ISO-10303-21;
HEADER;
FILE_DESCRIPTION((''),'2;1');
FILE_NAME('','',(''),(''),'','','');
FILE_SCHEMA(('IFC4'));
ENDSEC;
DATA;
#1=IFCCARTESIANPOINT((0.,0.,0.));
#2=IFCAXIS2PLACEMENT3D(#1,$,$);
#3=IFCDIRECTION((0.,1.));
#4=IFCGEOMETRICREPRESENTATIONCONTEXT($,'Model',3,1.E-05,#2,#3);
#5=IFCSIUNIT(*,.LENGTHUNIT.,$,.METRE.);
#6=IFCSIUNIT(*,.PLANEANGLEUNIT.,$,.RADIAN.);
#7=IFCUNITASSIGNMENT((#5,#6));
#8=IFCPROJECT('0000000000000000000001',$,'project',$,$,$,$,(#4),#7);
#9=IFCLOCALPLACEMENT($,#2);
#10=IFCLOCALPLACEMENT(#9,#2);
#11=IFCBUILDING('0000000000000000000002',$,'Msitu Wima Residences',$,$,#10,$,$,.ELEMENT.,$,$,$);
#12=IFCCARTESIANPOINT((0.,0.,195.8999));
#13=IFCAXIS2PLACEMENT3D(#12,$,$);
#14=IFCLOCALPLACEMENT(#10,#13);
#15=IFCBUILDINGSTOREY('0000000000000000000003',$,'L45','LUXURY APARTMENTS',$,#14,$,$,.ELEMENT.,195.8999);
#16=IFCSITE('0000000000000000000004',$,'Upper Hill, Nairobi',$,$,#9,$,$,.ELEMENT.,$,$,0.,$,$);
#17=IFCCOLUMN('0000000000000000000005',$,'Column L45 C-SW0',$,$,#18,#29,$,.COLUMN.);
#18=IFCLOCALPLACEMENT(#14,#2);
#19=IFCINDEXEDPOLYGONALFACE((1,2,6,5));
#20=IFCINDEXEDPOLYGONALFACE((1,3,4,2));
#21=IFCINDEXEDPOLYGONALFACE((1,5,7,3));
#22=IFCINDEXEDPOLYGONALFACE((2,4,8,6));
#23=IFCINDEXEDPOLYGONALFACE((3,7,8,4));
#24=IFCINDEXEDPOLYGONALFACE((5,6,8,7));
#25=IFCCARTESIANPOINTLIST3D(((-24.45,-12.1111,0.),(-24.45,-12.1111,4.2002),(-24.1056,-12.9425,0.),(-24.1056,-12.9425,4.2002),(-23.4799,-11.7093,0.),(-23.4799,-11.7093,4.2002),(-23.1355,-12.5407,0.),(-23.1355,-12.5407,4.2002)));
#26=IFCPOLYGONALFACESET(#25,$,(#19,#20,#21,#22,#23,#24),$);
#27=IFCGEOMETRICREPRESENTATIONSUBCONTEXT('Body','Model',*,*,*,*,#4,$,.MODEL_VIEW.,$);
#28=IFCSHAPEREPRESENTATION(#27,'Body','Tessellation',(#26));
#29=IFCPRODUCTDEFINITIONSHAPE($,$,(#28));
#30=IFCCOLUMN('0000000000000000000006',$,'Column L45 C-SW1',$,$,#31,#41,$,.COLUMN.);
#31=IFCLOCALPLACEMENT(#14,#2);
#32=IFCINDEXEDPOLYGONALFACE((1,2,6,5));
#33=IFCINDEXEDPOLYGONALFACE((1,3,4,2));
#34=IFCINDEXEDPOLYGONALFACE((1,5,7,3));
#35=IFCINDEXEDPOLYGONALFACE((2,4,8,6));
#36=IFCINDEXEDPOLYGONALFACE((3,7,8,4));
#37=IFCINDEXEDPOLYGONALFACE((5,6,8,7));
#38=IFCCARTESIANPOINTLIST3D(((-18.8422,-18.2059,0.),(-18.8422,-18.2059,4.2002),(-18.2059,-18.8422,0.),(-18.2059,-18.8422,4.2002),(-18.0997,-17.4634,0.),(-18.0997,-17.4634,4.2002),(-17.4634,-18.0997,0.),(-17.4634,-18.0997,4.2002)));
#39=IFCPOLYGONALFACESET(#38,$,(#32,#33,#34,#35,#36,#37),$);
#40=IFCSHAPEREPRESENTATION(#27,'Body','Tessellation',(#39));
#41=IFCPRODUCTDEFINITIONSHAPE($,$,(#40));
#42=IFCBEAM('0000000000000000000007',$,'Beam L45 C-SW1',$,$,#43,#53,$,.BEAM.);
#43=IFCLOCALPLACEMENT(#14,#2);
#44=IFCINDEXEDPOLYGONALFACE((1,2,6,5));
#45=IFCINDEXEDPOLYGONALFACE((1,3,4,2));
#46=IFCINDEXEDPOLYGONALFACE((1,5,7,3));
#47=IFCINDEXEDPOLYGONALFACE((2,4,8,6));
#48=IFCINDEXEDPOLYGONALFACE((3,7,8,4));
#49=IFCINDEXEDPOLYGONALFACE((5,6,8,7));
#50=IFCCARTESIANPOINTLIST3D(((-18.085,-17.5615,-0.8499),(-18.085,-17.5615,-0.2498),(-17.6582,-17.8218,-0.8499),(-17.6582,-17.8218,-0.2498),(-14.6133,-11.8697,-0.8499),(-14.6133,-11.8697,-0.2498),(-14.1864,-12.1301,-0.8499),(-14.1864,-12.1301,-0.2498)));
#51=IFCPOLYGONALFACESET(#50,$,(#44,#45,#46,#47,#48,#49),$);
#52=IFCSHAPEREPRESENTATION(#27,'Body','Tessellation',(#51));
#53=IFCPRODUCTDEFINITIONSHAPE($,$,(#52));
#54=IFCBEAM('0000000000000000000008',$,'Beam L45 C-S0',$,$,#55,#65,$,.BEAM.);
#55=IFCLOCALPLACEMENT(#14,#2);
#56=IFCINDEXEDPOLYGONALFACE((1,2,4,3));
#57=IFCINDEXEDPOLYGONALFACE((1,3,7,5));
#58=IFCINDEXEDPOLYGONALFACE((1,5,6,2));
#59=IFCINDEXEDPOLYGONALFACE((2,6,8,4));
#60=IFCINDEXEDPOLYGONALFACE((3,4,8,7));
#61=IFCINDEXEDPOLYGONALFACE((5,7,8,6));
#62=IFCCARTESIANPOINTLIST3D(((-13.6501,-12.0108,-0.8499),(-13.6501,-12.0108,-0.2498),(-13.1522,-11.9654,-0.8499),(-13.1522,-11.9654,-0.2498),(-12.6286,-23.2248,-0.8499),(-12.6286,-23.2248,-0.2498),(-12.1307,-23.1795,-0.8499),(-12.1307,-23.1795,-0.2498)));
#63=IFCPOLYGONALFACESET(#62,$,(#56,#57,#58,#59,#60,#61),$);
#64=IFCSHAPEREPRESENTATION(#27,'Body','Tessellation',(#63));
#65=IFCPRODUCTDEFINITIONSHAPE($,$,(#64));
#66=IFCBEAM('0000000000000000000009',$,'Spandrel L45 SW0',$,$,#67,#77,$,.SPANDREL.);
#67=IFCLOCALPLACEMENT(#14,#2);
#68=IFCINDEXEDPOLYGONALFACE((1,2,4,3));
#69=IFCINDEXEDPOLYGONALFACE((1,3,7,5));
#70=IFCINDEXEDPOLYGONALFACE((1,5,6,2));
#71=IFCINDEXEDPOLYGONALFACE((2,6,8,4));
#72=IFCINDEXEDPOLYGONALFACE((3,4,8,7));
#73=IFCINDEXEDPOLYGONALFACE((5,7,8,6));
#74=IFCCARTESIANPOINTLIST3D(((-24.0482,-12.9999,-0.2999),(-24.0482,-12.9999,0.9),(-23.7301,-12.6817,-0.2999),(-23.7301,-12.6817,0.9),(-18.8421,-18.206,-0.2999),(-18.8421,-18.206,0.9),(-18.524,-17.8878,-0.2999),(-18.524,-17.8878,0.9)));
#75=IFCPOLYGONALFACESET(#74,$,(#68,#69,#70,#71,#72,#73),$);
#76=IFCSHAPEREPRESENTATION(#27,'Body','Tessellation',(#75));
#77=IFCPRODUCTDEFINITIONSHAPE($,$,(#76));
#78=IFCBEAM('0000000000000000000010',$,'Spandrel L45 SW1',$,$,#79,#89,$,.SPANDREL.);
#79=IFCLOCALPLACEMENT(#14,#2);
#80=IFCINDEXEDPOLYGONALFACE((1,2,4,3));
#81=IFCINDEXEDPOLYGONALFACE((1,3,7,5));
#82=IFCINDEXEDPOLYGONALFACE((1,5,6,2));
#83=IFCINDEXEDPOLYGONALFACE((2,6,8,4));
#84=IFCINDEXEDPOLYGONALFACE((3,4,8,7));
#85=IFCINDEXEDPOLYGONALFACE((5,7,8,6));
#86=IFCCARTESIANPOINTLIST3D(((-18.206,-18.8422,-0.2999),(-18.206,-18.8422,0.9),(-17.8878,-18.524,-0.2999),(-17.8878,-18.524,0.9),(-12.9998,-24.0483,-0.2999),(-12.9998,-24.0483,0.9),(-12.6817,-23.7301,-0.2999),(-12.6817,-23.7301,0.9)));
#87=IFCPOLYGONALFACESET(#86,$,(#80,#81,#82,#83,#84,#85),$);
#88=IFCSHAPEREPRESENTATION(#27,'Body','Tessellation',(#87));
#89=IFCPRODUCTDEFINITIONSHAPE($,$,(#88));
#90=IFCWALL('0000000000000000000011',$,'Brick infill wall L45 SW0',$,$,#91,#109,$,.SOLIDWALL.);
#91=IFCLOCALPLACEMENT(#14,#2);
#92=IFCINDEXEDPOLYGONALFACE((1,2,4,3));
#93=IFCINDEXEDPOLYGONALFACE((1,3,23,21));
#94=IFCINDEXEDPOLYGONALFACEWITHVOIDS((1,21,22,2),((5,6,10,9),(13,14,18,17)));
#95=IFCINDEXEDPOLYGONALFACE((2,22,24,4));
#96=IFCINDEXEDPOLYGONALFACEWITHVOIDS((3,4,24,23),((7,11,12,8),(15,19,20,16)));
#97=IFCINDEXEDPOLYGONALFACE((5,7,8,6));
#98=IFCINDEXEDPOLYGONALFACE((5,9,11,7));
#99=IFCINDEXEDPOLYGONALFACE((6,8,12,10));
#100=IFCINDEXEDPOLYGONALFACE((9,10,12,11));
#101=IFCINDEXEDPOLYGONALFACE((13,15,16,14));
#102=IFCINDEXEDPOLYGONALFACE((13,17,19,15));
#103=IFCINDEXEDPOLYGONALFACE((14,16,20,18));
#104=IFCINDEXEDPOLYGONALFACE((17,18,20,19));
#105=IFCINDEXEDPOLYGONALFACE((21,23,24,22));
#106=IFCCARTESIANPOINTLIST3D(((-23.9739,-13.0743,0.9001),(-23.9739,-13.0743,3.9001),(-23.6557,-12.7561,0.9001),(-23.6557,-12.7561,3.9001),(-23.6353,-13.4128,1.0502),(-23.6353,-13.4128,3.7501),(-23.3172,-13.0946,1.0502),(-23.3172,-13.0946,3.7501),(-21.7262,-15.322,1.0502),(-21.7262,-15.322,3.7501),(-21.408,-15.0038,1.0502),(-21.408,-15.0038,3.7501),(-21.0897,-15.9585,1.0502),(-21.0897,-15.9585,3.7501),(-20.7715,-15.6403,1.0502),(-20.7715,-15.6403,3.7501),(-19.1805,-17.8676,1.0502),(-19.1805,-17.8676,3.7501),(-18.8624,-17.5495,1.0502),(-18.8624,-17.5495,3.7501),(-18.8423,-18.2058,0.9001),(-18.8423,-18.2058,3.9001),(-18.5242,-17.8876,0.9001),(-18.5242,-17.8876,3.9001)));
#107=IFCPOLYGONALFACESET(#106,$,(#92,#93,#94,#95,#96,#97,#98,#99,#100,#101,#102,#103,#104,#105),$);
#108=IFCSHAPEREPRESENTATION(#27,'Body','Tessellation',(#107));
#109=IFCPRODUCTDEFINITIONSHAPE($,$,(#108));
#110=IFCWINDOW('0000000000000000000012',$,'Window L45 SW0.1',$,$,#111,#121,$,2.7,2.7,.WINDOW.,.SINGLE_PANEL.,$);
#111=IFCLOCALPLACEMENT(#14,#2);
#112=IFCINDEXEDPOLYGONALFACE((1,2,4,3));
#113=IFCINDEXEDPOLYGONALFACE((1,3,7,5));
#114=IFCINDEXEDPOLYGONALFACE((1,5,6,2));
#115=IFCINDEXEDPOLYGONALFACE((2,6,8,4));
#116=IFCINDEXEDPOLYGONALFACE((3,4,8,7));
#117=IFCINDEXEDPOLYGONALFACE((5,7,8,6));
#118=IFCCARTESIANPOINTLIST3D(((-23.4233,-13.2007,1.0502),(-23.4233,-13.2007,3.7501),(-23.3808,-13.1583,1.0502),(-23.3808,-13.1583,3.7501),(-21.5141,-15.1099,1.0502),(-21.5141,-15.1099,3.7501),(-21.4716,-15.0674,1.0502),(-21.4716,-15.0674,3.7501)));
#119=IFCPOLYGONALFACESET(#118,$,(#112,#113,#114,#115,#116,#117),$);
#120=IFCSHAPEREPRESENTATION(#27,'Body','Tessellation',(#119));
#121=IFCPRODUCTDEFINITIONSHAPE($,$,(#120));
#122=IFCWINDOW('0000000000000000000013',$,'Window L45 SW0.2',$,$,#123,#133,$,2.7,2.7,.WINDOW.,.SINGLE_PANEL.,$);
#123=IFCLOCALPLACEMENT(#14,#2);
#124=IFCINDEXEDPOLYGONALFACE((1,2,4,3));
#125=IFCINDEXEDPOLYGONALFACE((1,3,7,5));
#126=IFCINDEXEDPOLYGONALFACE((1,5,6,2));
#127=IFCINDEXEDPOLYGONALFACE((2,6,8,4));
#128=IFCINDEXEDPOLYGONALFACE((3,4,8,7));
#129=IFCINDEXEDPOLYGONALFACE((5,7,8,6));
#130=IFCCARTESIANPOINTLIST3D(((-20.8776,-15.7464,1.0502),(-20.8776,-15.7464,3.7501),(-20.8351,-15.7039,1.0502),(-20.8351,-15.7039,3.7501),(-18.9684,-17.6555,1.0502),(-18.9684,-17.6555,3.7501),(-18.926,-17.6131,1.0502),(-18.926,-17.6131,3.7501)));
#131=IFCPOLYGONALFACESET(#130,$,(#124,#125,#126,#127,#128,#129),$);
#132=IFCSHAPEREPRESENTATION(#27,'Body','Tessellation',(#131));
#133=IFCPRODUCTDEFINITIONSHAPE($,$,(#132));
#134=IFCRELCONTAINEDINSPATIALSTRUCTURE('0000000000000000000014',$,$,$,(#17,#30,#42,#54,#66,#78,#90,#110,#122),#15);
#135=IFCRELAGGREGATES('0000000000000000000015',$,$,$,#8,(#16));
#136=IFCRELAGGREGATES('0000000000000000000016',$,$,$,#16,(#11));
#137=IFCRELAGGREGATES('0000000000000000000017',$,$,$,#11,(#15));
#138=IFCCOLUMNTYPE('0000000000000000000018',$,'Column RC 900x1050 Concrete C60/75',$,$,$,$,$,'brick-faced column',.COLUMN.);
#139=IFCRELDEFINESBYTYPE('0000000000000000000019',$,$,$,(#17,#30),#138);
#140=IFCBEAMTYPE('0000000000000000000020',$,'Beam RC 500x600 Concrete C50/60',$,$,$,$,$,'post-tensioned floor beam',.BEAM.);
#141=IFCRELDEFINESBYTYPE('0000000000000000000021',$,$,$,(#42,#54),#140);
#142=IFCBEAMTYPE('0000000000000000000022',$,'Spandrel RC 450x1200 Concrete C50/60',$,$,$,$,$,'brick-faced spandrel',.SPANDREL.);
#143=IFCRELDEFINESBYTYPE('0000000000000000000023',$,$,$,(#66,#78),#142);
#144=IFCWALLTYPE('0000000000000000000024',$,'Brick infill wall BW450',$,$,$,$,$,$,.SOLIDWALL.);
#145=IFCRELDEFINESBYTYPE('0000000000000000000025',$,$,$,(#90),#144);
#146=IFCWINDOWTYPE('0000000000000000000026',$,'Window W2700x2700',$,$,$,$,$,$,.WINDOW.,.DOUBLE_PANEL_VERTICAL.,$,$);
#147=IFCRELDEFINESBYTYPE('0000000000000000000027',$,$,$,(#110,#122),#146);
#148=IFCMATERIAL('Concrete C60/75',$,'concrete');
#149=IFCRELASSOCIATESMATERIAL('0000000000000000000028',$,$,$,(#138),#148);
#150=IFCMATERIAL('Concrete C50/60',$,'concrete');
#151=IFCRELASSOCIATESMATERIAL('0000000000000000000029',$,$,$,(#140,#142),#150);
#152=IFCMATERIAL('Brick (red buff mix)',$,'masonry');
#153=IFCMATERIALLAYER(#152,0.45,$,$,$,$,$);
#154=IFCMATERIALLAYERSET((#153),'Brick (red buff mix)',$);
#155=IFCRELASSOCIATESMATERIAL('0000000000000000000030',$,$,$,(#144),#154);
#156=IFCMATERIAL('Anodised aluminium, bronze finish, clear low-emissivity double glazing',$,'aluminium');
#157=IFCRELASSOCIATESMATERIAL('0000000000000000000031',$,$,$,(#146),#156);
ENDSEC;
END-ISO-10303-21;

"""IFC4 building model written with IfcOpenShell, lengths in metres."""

from ifc_helpers import new_model, si_unit, direction, frame, frame_2d, origin, origin_2d, place, context, subcontext, project, spatial, rectangle, extrude, material, layer, layer_set, material_profile, profile_set, type_object, element, fill, save


model = new_model("IFC4")

# Units and contexts
model_context = context("Model", 3, precision=1e-05, world=origin(), true_north=direction((0.0, 1.0)))
body_context = subcontext(model_context, "Body", "Model", "MODEL_VIEW")
ifc_project = project(units=[si_unit("LENGTHUNIT", "METRE"), si_unit("PLANEANGLEUNIT", "RADIAN")], contexts=[model_context])

# Site, building, storey
site_placement = place(None, origin())
site = spatial("IfcSite", under=ifc_project, at=site_placement, Name="Upper Hill, Nairobi", CompositionType="ELEMENT", RefElevation=0.0)
building_placement = place(site_placement, origin())
building = spatial("IfcBuilding", under=site, at=building_placement, Name="Msitu Wima Residences", CompositionType="ELEMENT")
storey_placement = place(building_placement, frame((0.0, 0.0, 195.8999)))
storey = spatial("IfcBuildingStorey", under=building, at=storey_placement, Name="L45", Description="LUXURY APARTMENTS", CompositionType="ELEMENT", Elevation=195.8999)

# Columns
ifc_material_1 = material(Name="Concrete C60/75", Category="concrete")
ifc_material_profile_1 = material_profile(ifc_material_1, rectangle(XDim=0.8999, YDim=1.05, at=origin_2d()), Name="RC 900x1050")
ifc_profile_set_1 = profile_set([ifc_material_profile_1], Name="Concrete C60/75")
column_type = type_object("IfcColumnType", Name="Column RC 900x1050 Concrete C60/75", ElementType="brick-faced column", PredefinedType="COLUMN", material=ifc_profile_set_1)
for number, where, z_axis, x_axis, name in (
    (1, (-23.7927, -12.3259, 0.0), (0.0, 0.0, 1.0), (0.382683, -0.92388, 0.0), "Column L45 C-SW0"),
    (2, (-18.1528, -18.1528, 0.0), (0.0, 0.0, 1.0), (0.707107, -0.707107, 0.0), "Column L45 C-SW1"),
):
    element("IfcColumn", number, at=place(storey_placement, frame(where, z_axis=z_axis, x_axis=x_axis)), inside=storey, type_object=column_type, Name=name, PredefinedType="COLUMN", context=body_context, shape_type="SweptSolid", body=[
        extrude(rectangle(XDim=0.8999, YDim=1.05, at=origin_2d()), origin(), (0.0, 0.0, 1.0), 4.2002),
    ])

# Beams
ifc_material_2 = material(Name="Concrete C50/60", Category="concrete")
ifc_material_profile_2 = material_profile(ifc_material_2, rectangle(XDim=0.5, YDim=0.6001, at=origin_2d()), Name="RC 500x600")
ifc_profile_set_2 = profile_set([ifc_material_profile_2], Name="Concrete C50/60")
beam_type_1 = type_object("IfcBeamType", Name="Beam RC 500x600 Concrete C50/60", ElementType="post-tensioned floor beam", PredefinedType="BEAM", material=ifc_profile_set_2)
beam_1_placement = place(storey_placement, frame((-17.8716, -17.6917, -0.5498), z_axis=(0.520734, 0.853719, 0.0), x_axis=(-0.853719, 0.520734, 0.0)))
element("IfcBeam", 3, at=beam_1_placement, inside=storey, type_object=beam_type_1, Name="Beam L45 C-SW1", PredefinedType="BEAM", context=body_context, shape_type="SweptSolid", body=[
    extrude(rectangle(XDim=0.5, YDim=0.6001, at=origin_2d()), origin(), (0.0, 0.0, 1.0), 6.667),
])
beam_2_placement = place(storey_placement, frame((-12.3796, -23.2021, -0.5498), z_axis=(-0.090714, 0.995877, 0.0), x_axis=(-0.995877, -0.090714, 0.0)))
element("IfcBeam", 4, at=beam_2_placement, inside=storey, type_object=beam_type_1, Name="Beam L45 C-S0", PredefinedType="BEAM", context=body_context, shape_type="SweptSolid", body=[
    extrude(rectangle(XDim=0.5, YDim=0.6001, at=origin_2d()), origin(), (0.0, 0.0, 1.0), 11.2605),
])
ifc_material_profile_3 = material_profile(ifc_material_2, rectangle(XDim=0.45, YDim=1.2, at=origin_2d()), Name="RC 450x1200")
ifc_profile_set_3 = profile_set([ifc_material_profile_3], Name="Concrete C50/60")
beam_type_2 = type_object("IfcBeamType", Name="Spandrel RC 450x1200 Concrete C50/60", ElementType="brick-faced spandrel", PredefinedType="SPANDREL", material=ifc_profile_set_3)
for number, where, z_axis, x_axis, name in (
    (5, (-23.8892, -12.8408, 0.3), (0.707107, -0.707107, 0.0), (0.707107, 0.707107, 0.0), "Spandrel L45 SW0"),
    (6, (-18.0469, -18.6831, 0.3), (0.707107, -0.707107, 0.0), (0.707107, 0.707107, 0.0), "Spandrel L45 SW1"),
):
    element("IfcBeam", number, at=place(storey_placement, frame(where, z_axis=z_axis, x_axis=x_axis)), inside=storey, type_object=beam_type_2, Name=name, PredefinedType="SPANDREL", context=body_context, shape_type="SweptSolid", body=[
        extrude(rectangle(XDim=0.45, YDim=1.2, at=origin_2d()), origin(), (0.0, 0.0, 1.0), 7.3625),
    ])

# Wall, openings, windows
ifc_material_3 = material(Name="Brick (red buff mix)", Category="masonry")
ifc_layer_1 = layer(ifc_material_3, 0.45)
ifc_layer_set_1 = layer_set([ifc_layer_1], Name="Brick (red buff mix)")
wall_type_1 = type_object("IfcWallType", Name="Brick infill wall BW450", PredefinedType="SOLIDWALL", material=ifc_layer_set_1)
wall_1_placement = place(storey_placement, frame((-23.8147, -12.9153, 0.9001), z_axis=(0.0, 0.0, 1.0), x_axis=(0.707107, -0.707107, 0.0)))
wall_1 = element("IfcWall", 7, at=wall_1_placement, inside=storey, type_object=wall_type_1, Name="Brick infill wall L45 SW0", PredefinedType="SOLIDWALL", context=body_context, shape_type="SweptSolid", body=[
    extrude(rectangle(XDim=7.2571, YDim=0.45, at=frame_2d((3.6284, 0.0))), origin(), (0.0, 0.0, 1.0), 3.0),
])
opening_1_placement = place(wall_1_placement, frame((0.4785, 0.0, 0.1499)))
opening_1 = element("IfcOpeningElement", 8, at=opening_1_placement, cuts=wall_1, PredefinedType="OPENING", context=body_context, shape_type="SweptSolid", body=[
    extrude(rectangle(XDim=2.7, YDim=2.7, at=frame_2d((1.3501, 1.3501))), frame((0.0, 0.2349, 0.0), z_axis=(0.0, -1.0, 0.0), x_axis=(1.0, 0.0, 0.0)), (0.0, 0.0, 1.0), 0.47),
])
opening_2_placement = place(wall_1_placement, frame((4.0786, 0.0, 0.1499)))
opening_2 = element("IfcOpeningElement", 9, at=opening_2_placement, cuts=wall_1, PredefinedType="OPENING", context=body_context, shape_type="SweptSolid", body=[
    extrude(rectangle(XDim=2.7, YDim=2.7, at=frame_2d((1.3501, 1.3501))), frame((0.0, 0.2349, 0.0), z_axis=(0.0, -1.0, 0.0), x_axis=(1.0, 0.0, 0.0)), (0.0, 0.0, 1.0), 0.47),
])
ifc_material_4 = material(Name="Anodised aluminium, bronze finish, clear low-emissivity double glazing", Category="aluminium")
window_type = type_object("IfcWindowType", Name="Window W2700x2700", PartitioningType="DOUBLE_PANEL_VERTICAL", PredefinedType="WINDOW", material=ifc_material_4)
window_1_placement = place(opening_1_placement, origin())
window_1 = element("IfcWindow", 10, at=window_1_placement, inside=storey, type_object=window_type, Name="Window L45 SW0.1", OverallHeight=2.7, OverallWidth=2.7, PartitioningType="SINGLE_PANEL", PredefinedType="WINDOW", context=body_context, shape_type="SweptSolid", body=[
    extrude(rectangle(XDim=2.7, YDim=2.7, at=frame_2d((1.3501, 1.3501))), frame((0.0, 0.135, 0.0), z_axis=(0.0, -1.0, 0.0), x_axis=(1.0, 0.0, 0.0)), (0.0, 0.0, 1.0), 0.0601),
])
fill(opening_1, window_1)
window_2_placement = place(opening_2_placement, origin())
window_2 = element("IfcWindow", 11, at=window_2_placement, inside=storey, type_object=window_type, Name="Window L45 SW0.2", OverallHeight=2.7, OverallWidth=2.7, PartitioningType="SINGLE_PANEL", PredefinedType="WINDOW", context=body_context, shape_type="SweptSolid", body=[
    extrude(rectangle(XDim=2.7, YDim=2.7, at=frame_2d((1.3501, 1.3501))), frame((0.0, 0.135, 0.0), z_axis=(0.0, -1.0, 0.0), x_axis=(1.0, 0.0, 0.0)), (0.0, 0.0, 1.0), 0.0601),
])
fill(opening_2, window_2)

save(model, "model.ifc")
